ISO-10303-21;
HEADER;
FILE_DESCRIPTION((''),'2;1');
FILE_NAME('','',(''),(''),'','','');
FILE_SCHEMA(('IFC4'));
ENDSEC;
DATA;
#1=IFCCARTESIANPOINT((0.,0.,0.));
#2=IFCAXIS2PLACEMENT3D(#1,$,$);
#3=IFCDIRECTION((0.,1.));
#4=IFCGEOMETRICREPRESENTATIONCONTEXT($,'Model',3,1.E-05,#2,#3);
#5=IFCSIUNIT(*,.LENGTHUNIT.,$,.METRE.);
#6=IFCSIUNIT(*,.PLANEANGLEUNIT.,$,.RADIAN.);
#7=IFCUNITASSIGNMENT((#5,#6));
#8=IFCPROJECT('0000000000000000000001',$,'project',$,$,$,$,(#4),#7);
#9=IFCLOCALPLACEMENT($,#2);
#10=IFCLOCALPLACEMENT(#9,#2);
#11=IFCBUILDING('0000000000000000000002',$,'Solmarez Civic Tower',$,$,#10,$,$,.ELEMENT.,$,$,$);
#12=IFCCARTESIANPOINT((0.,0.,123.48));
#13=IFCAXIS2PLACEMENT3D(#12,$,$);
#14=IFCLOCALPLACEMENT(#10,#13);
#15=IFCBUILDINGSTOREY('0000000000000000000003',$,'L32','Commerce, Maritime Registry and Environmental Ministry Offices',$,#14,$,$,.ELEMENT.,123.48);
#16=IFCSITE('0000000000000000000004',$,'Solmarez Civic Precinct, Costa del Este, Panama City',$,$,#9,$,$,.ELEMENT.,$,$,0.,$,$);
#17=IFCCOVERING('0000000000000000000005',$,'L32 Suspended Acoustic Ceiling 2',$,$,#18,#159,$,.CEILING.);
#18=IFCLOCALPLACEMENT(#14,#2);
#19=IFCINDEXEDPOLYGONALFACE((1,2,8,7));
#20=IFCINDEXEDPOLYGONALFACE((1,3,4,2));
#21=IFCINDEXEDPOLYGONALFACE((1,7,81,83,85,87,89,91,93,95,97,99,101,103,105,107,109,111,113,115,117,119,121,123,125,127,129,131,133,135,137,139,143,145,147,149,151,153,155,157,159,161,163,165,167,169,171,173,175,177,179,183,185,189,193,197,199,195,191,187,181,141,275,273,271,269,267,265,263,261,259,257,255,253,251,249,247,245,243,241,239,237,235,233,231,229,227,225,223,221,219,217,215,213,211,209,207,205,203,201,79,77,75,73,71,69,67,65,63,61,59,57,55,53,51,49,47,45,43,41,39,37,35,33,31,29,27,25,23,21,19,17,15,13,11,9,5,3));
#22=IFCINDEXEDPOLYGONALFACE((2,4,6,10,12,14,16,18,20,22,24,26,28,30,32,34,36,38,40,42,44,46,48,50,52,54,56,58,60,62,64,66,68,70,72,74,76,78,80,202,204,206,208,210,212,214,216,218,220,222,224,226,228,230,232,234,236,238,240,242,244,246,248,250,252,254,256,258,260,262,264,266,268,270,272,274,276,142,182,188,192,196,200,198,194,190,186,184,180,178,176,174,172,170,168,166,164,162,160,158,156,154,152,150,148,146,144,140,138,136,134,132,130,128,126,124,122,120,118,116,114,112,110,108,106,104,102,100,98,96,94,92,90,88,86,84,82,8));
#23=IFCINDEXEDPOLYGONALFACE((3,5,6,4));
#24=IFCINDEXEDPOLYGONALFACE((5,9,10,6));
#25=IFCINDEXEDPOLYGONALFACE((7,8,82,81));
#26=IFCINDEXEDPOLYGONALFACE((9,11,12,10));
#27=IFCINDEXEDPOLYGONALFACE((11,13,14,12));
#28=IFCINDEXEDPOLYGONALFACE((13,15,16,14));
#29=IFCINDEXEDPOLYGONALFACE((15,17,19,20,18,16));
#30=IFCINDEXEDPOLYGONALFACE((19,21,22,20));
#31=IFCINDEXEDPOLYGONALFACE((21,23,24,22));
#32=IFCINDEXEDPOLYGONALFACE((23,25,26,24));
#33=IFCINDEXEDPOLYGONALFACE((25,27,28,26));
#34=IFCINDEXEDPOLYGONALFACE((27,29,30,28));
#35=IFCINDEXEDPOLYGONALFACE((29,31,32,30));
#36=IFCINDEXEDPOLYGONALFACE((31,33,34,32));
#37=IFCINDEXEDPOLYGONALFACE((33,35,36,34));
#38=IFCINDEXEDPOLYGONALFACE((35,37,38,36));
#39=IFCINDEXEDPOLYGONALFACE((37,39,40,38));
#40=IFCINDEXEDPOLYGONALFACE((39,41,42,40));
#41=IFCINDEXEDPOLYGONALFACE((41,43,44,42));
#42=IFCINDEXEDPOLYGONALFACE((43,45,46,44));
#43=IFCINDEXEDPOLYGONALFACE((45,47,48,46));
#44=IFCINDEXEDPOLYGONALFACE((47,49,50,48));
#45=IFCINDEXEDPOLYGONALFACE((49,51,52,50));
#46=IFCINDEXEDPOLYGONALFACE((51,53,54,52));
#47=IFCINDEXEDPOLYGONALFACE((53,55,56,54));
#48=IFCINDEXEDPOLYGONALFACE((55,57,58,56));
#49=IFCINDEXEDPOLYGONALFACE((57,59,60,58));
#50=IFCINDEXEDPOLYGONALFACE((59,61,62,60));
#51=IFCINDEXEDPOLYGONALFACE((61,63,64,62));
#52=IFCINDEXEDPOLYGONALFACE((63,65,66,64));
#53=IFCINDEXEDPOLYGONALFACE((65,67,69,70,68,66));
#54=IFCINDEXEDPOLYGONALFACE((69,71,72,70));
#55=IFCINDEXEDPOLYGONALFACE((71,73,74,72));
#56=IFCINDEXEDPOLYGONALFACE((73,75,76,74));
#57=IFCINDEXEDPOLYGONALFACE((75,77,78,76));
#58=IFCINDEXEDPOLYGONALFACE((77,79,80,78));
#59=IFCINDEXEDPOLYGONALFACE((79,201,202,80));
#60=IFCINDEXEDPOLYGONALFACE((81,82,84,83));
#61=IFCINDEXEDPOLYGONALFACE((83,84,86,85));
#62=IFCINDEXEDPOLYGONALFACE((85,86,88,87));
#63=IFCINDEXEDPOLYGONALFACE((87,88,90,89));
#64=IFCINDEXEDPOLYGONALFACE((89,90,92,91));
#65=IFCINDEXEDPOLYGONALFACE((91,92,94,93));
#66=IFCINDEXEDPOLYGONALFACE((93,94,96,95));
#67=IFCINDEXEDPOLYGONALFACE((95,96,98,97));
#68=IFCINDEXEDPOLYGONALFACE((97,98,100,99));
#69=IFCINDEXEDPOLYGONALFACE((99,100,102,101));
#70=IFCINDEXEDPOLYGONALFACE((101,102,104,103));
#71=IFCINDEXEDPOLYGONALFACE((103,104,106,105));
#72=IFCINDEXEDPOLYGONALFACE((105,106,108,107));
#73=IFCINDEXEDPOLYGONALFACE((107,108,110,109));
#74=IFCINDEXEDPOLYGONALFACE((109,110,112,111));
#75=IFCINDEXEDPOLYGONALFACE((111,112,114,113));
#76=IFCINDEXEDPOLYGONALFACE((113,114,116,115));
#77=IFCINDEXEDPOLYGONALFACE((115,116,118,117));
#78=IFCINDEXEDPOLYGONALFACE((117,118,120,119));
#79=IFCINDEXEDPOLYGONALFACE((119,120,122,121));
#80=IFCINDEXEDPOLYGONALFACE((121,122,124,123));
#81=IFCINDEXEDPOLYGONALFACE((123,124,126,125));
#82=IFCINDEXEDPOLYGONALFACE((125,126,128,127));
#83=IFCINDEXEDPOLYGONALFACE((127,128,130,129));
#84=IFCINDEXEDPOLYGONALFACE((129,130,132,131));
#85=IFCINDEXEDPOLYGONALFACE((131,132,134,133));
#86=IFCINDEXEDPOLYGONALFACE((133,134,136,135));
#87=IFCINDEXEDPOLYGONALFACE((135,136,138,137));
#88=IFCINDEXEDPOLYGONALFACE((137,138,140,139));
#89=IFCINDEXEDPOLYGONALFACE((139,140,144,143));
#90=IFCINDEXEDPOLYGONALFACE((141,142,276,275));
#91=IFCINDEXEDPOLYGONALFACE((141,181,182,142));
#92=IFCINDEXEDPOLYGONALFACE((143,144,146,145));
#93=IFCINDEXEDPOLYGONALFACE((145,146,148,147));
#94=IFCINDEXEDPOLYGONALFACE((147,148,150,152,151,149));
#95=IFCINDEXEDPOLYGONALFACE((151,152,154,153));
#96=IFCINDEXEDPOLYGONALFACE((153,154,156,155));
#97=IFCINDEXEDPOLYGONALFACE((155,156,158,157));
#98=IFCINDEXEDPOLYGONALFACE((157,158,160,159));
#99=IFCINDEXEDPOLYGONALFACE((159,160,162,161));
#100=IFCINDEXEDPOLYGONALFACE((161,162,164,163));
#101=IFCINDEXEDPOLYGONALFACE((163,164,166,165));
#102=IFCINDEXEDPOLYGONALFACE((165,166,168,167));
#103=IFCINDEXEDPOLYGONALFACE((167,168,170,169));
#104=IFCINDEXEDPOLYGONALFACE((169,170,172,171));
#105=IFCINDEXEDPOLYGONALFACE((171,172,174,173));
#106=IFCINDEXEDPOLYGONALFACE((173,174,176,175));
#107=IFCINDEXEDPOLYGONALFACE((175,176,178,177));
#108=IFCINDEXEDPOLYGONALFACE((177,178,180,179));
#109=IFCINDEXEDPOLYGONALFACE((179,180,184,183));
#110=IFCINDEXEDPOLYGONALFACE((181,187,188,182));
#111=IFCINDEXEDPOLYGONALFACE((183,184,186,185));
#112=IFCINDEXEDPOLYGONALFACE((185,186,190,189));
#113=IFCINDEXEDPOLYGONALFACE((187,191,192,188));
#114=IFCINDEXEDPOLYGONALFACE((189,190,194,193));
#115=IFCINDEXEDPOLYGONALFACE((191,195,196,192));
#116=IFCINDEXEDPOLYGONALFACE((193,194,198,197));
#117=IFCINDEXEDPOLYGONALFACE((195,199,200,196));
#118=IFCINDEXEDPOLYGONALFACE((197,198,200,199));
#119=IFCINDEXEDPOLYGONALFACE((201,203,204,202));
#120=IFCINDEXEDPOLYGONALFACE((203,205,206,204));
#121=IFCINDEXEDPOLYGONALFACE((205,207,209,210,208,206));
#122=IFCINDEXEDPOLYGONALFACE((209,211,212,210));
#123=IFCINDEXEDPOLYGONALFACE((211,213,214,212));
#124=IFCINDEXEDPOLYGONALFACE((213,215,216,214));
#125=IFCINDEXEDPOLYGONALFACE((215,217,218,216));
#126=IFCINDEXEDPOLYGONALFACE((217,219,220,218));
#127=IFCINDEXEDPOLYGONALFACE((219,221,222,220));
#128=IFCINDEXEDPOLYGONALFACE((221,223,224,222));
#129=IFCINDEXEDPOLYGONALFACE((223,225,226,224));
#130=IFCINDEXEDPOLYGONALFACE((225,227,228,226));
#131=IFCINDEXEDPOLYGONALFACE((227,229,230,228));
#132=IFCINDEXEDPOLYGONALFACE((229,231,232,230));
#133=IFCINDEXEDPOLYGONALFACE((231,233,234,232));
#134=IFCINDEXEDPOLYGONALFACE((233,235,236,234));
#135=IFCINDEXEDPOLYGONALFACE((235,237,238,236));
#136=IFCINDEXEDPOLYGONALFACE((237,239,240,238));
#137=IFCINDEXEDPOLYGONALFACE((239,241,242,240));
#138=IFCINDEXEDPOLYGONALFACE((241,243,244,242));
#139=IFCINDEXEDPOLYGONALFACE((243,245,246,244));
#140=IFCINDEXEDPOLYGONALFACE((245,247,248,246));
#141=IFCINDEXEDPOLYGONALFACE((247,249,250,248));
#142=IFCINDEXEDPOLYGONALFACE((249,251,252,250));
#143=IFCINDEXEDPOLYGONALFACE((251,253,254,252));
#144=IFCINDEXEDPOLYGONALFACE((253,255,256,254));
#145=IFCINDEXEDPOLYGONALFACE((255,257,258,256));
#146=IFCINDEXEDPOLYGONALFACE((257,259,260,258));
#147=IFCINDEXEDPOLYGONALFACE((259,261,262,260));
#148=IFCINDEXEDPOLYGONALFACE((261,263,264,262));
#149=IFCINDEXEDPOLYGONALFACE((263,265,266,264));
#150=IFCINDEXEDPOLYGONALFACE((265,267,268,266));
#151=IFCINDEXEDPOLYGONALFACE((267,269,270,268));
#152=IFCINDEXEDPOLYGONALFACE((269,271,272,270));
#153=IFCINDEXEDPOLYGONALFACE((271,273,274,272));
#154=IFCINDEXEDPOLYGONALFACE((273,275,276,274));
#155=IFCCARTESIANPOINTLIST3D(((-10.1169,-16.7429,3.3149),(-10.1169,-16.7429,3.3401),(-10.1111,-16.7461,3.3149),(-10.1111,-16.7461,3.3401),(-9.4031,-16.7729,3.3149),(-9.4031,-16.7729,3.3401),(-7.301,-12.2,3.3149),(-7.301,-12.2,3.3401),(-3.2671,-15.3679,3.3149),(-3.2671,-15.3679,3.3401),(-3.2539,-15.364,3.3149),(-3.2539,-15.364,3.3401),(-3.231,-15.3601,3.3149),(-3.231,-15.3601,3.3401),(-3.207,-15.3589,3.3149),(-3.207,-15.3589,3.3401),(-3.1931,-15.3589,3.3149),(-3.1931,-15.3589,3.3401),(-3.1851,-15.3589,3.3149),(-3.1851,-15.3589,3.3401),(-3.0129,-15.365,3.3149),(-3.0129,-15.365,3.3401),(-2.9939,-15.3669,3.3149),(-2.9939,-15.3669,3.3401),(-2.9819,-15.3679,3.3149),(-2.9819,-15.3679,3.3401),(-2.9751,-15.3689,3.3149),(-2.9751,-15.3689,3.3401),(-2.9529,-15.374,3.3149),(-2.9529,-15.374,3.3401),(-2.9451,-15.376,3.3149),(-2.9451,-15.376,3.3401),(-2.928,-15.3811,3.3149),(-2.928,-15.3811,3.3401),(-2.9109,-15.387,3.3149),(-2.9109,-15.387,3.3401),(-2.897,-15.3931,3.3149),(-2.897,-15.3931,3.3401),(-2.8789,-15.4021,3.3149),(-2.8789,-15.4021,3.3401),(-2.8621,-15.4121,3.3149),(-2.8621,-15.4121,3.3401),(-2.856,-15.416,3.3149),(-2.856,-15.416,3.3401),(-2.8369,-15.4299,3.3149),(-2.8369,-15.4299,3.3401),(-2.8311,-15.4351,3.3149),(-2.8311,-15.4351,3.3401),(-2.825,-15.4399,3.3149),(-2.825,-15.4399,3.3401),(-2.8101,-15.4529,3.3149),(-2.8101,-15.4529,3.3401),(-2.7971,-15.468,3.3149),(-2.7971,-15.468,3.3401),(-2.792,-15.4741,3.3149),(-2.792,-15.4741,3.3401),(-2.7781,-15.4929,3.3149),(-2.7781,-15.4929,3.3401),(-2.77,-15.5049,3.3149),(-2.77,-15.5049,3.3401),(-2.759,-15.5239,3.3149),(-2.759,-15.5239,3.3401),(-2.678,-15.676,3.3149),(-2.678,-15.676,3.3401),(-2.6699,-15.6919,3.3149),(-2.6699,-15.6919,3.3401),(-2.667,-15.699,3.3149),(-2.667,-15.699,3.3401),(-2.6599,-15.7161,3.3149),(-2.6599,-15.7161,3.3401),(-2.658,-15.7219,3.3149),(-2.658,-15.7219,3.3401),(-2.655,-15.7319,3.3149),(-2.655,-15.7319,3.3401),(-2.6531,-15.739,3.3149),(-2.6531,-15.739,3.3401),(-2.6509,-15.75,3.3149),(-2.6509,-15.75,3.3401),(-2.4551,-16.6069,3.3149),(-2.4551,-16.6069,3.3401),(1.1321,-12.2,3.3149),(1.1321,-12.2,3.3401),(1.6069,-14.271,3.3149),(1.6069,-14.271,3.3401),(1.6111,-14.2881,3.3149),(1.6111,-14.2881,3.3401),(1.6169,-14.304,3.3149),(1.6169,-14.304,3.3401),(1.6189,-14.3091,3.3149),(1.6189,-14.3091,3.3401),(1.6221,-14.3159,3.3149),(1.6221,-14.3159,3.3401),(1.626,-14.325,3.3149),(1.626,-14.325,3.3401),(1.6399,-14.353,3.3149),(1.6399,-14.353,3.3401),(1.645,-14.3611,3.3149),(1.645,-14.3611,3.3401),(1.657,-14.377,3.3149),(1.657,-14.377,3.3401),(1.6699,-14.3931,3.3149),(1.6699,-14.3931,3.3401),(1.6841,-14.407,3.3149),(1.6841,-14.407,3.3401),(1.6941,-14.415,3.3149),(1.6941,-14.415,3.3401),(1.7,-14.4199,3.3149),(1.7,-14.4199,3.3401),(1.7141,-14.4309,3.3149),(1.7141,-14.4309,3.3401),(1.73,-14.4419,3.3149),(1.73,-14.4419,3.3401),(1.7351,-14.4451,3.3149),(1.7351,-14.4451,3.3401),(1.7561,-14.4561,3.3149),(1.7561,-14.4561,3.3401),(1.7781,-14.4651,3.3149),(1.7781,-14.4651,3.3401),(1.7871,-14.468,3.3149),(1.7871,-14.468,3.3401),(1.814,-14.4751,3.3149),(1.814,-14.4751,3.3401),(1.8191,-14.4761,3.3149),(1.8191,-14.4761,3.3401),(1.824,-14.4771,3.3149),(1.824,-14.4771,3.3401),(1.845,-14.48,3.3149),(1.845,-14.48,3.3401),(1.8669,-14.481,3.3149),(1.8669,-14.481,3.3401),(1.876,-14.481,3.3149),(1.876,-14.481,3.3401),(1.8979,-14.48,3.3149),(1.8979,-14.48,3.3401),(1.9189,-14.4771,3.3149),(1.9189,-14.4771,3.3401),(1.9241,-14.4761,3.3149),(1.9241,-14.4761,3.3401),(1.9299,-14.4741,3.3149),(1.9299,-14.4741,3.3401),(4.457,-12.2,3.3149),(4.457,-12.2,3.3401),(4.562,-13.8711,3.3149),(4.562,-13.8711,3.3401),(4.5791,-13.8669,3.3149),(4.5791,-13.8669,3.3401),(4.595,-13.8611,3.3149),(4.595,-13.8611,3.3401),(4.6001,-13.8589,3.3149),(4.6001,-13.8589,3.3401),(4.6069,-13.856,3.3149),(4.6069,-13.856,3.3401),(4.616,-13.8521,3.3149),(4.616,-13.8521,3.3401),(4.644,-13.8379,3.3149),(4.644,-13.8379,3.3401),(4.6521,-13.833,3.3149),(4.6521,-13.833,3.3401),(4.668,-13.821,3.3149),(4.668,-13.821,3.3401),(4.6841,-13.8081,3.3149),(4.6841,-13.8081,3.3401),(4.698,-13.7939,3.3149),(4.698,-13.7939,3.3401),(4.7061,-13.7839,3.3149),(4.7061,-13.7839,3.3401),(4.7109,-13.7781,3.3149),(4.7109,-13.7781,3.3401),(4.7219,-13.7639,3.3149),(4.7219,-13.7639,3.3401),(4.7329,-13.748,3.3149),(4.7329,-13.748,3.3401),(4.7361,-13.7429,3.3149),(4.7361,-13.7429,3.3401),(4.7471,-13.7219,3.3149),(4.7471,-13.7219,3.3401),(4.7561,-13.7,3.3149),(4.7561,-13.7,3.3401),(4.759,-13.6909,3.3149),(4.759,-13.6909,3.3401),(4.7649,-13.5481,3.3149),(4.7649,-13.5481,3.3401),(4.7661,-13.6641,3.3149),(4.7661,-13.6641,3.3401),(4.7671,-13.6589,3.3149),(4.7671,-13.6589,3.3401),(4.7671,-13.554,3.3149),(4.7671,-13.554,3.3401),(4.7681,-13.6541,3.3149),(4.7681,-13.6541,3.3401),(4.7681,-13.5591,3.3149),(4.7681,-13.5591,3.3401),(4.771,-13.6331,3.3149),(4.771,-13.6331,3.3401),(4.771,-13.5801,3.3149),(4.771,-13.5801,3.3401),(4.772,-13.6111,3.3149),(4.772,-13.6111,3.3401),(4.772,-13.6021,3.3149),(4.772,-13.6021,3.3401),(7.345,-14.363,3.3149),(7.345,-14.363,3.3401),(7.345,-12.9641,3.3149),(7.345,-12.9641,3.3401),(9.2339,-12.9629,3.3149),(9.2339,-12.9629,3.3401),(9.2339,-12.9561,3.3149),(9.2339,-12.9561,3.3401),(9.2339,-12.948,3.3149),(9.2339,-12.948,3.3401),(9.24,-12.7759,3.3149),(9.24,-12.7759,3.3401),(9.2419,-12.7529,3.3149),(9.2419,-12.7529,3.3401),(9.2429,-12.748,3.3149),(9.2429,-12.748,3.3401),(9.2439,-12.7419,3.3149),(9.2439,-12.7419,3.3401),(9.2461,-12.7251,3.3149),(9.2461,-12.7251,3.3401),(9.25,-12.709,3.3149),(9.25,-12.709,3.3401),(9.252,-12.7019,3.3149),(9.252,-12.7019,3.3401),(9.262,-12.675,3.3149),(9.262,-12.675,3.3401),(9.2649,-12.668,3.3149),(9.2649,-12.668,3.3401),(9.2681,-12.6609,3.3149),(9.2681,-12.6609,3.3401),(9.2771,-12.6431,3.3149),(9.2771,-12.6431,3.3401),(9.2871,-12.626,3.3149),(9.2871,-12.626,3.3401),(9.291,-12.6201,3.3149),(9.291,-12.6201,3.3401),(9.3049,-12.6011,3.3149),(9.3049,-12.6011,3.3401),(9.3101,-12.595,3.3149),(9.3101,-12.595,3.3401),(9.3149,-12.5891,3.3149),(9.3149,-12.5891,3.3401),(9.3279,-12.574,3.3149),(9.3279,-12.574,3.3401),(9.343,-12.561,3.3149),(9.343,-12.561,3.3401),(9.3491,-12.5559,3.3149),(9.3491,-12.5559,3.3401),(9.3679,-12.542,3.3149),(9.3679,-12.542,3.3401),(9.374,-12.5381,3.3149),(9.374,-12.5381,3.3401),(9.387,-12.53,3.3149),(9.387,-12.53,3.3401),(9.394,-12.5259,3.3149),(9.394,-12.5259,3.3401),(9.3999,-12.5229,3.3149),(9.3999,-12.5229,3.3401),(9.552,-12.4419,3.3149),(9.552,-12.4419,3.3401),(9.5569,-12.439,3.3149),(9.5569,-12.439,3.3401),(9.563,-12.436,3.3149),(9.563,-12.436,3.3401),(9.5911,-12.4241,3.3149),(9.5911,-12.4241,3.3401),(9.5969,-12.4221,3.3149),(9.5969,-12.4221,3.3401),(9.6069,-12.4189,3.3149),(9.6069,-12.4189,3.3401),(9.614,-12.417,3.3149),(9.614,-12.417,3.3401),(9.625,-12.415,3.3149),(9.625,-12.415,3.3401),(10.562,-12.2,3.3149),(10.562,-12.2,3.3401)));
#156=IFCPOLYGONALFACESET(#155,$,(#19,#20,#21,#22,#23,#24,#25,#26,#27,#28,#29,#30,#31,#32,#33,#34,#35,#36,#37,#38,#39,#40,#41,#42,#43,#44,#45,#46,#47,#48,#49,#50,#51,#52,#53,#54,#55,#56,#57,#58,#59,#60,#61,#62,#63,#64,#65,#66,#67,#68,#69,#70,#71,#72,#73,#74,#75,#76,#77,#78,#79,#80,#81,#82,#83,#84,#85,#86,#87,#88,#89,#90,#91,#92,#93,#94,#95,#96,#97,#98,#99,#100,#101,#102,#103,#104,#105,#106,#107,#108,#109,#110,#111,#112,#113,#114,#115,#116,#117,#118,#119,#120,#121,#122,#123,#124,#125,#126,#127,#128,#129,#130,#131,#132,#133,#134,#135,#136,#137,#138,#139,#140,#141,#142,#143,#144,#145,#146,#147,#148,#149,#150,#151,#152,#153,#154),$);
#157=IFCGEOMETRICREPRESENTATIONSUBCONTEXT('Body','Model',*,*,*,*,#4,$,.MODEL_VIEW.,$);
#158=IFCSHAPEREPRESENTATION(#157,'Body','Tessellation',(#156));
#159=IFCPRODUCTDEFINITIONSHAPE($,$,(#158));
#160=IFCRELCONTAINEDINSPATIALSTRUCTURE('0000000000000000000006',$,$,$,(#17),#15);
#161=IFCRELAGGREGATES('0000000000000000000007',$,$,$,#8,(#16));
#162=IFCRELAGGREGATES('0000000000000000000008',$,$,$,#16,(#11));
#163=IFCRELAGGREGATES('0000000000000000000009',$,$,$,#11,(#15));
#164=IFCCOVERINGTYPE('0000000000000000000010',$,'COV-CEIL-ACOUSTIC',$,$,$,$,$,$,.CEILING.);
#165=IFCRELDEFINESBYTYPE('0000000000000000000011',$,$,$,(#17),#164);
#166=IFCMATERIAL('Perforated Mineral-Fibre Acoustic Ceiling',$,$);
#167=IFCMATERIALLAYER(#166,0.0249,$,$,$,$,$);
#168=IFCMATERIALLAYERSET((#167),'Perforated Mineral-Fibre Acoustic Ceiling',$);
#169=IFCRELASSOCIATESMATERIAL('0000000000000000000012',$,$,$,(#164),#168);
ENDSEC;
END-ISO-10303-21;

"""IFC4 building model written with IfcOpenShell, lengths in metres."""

from ifc_helpers import new_model, si_unit, direction, frame, origin, place, context, subcontext, project, spatial, polyline, outline, extrude, material, layer, layer_set, type_object, element, save


model = new_model("IFC4")

# Units and contexts
model_context = context("Model", 3, precision=1e-05, world=origin(), true_north=direction((0.0, 1.0)))
body_context = subcontext(model_context, "Body", "Model", "MODEL_VIEW")
ifc_project = project(units=[si_unit("LENGTHUNIT", "METRE"), si_unit("PLANEANGLEUNIT", "RADIAN")], contexts=[model_context])

# Site, building, storey
site_placement = place(None, origin())
site = spatial("IfcSite", under=ifc_project, at=site_placement, Name="Solmarez Civic Precinct, Costa del Este, Panama City", CompositionType="ELEMENT", RefElevation=0.0)
building_placement = place(site_placement, origin())
building = spatial("IfcBuilding", under=site, at=building_placement, Name="Solmarez Civic Tower", CompositionType="ELEMENT")
storey_placement = place(building_placement, frame((0.0, 0.0, 123.48)))
storey = spatial("IfcBuildingStorey", under=building, at=storey_placement, Name="L32", Description="Commerce, Maritime Registry and Environmental Ministry Offices", CompositionType="ELEMENT", Elevation=123.48)

# Covering
ifc_material_1 = material(Name="Perforated Mineral-Fibre Acoustic Ceiling")
ifc_layer_1 = layer(ifc_material_1, 0.0249)
ifc_layer_set_1 = layer_set([ifc_layer_1], Name="Perforated Mineral-Fibre Acoustic Ceiling")
covering_type_1 = type_object("IfcCoveringType", Name="COV-CEIL-ACOUSTIC", PredefinedType="CEILING", material=ifc_layer_set_1)
covering_1_placement = place(storey_placement, frame((0.0, 0.0, 3.3149)))
element("IfcCovering", 1, at=covering_1_placement, inside=storey, type_object=covering_type_1, Name="L32 Suspended Acoustic Ceiling 2", PredefinedType="CEILING", context=body_context, shape_type="SweptSolid", body=[
    extrude(outline(polyline([(-3.2671, -15.3679), (-3.2539, -15.364), (-3.231, -15.3601), (-3.207, -15.3589), (-3.1931, -15.3589), (-3.1851, -15.3589), (-3.0129, -15.365), (-2.9939, -15.3669), (-2.9819, -15.3679), (-2.9751, -15.3689), (-2.9529, -15.374), (-2.9451, -15.376), (-2.928, -15.3811), (-2.9109, -15.387), (-2.897, -15.3931), (-2.8789, -15.4021), (-2.8621, -15.4121), (-2.856, -15.416), (-2.8369, -15.4299), (-2.8311, -15.4351), (-2.825, -15.4399), (-2.8101, -15.4529), (-2.7971, -15.468), (-2.792, -15.4741), (-2.7781, -15.4929), (-2.77, -15.5049), (-2.759, -15.5239), (-2.678, -15.676), (-2.6699, -15.6919), (-2.667, -15.699), (-2.6599, -15.7161), (-2.658, -15.7219), (-2.655, -15.7319), (-2.6531, -15.739), (-2.6509, -15.75), (-2.4551, -16.6069), (7.345, -14.363), (7.345, -12.9641), (9.2339, -12.9629), (9.2339, -12.9561), (9.2339, -12.948), (9.24, -12.7759), (9.2419, -12.7529), (9.2429, -12.748), (9.2439, -12.7419), (9.2461, -12.7251), (9.25, -12.709), (9.252, -12.7019), (9.262, -12.675), (9.2649, -12.668), (9.2681, -12.6609), (9.2771, -12.6431), (9.2871, -12.626), (9.291, -12.6201), (9.3049, -12.6011), (9.3101, -12.595), (9.3149, -12.5891), (9.3279, -12.574), (9.343, -12.561), (9.3491, -12.5559), (9.3679, -12.542), (9.374, -12.5381), (9.387, -12.53), (9.394, -12.5259), (9.3999, -12.5229), (9.552, -12.4419), (9.5569, -12.439), (9.563, -12.436), (9.5911, -12.4241), (9.5969, -12.4221), (9.6069, -12.4189), (9.614, -12.417), (9.625, -12.415), (10.562, -12.2), (4.457, -12.2), (4.7649, -13.5481), (4.7671, -13.554), (4.7681, -13.5591), (4.771, -13.5801), (4.772, -13.6021), (4.772, -13.6111), (4.771, -13.6331), (4.7681, -13.6541), (4.7671, -13.6589), (4.7661, -13.6641), (4.759, -13.6909), (4.7561, -13.7), (4.7471, -13.7219), (4.7361, -13.7429), (4.7329, -13.748), (4.7219, -13.7639), (4.7109, -13.7781), (4.7061, -13.7839), (4.698, -13.7939), (4.6841, -13.8081), (4.668, -13.821), (4.6521, -13.833), (4.644, -13.8379), (4.616, -13.8521), (4.6069, -13.856), (4.6001, -13.8589), (4.595, -13.8611), (4.5791, -13.8669), (4.562, -13.8711), (1.9299, -14.4741), (1.9241, -14.4761), (1.9189, -14.4771), (1.8979, -14.48), (1.876, -14.481), (1.8669, -14.481), (1.845, -14.48), (1.824, -14.4771), (1.8191, -14.4761), (1.814, -14.4751), (1.7871, -14.468), (1.7781, -14.4651), (1.7561, -14.4561), (1.7351, -14.4451), (1.73, -14.4419), (1.7141, -14.4309), (1.7, -14.4199), (1.6941, -14.415), (1.6841, -14.407), (1.6699, -14.3931), (1.657, -14.377), (1.645, -14.3611), (1.6399, -14.353), (1.626, -14.325), (1.6221, -14.3159), (1.6189, -14.3091), (1.6169, -14.304), (1.6111, -14.2881), (1.6069, -14.271), (1.1321, -12.2), (-7.301, -12.2), (-10.1169, -16.7429), (-10.1111, -16.7461), (-9.4031, -16.7729), (-3.2671, -15.3679)])), origin(), (0.0, 0.0, 1.0), 0.0251),
])

save(model, "model.ifc")
